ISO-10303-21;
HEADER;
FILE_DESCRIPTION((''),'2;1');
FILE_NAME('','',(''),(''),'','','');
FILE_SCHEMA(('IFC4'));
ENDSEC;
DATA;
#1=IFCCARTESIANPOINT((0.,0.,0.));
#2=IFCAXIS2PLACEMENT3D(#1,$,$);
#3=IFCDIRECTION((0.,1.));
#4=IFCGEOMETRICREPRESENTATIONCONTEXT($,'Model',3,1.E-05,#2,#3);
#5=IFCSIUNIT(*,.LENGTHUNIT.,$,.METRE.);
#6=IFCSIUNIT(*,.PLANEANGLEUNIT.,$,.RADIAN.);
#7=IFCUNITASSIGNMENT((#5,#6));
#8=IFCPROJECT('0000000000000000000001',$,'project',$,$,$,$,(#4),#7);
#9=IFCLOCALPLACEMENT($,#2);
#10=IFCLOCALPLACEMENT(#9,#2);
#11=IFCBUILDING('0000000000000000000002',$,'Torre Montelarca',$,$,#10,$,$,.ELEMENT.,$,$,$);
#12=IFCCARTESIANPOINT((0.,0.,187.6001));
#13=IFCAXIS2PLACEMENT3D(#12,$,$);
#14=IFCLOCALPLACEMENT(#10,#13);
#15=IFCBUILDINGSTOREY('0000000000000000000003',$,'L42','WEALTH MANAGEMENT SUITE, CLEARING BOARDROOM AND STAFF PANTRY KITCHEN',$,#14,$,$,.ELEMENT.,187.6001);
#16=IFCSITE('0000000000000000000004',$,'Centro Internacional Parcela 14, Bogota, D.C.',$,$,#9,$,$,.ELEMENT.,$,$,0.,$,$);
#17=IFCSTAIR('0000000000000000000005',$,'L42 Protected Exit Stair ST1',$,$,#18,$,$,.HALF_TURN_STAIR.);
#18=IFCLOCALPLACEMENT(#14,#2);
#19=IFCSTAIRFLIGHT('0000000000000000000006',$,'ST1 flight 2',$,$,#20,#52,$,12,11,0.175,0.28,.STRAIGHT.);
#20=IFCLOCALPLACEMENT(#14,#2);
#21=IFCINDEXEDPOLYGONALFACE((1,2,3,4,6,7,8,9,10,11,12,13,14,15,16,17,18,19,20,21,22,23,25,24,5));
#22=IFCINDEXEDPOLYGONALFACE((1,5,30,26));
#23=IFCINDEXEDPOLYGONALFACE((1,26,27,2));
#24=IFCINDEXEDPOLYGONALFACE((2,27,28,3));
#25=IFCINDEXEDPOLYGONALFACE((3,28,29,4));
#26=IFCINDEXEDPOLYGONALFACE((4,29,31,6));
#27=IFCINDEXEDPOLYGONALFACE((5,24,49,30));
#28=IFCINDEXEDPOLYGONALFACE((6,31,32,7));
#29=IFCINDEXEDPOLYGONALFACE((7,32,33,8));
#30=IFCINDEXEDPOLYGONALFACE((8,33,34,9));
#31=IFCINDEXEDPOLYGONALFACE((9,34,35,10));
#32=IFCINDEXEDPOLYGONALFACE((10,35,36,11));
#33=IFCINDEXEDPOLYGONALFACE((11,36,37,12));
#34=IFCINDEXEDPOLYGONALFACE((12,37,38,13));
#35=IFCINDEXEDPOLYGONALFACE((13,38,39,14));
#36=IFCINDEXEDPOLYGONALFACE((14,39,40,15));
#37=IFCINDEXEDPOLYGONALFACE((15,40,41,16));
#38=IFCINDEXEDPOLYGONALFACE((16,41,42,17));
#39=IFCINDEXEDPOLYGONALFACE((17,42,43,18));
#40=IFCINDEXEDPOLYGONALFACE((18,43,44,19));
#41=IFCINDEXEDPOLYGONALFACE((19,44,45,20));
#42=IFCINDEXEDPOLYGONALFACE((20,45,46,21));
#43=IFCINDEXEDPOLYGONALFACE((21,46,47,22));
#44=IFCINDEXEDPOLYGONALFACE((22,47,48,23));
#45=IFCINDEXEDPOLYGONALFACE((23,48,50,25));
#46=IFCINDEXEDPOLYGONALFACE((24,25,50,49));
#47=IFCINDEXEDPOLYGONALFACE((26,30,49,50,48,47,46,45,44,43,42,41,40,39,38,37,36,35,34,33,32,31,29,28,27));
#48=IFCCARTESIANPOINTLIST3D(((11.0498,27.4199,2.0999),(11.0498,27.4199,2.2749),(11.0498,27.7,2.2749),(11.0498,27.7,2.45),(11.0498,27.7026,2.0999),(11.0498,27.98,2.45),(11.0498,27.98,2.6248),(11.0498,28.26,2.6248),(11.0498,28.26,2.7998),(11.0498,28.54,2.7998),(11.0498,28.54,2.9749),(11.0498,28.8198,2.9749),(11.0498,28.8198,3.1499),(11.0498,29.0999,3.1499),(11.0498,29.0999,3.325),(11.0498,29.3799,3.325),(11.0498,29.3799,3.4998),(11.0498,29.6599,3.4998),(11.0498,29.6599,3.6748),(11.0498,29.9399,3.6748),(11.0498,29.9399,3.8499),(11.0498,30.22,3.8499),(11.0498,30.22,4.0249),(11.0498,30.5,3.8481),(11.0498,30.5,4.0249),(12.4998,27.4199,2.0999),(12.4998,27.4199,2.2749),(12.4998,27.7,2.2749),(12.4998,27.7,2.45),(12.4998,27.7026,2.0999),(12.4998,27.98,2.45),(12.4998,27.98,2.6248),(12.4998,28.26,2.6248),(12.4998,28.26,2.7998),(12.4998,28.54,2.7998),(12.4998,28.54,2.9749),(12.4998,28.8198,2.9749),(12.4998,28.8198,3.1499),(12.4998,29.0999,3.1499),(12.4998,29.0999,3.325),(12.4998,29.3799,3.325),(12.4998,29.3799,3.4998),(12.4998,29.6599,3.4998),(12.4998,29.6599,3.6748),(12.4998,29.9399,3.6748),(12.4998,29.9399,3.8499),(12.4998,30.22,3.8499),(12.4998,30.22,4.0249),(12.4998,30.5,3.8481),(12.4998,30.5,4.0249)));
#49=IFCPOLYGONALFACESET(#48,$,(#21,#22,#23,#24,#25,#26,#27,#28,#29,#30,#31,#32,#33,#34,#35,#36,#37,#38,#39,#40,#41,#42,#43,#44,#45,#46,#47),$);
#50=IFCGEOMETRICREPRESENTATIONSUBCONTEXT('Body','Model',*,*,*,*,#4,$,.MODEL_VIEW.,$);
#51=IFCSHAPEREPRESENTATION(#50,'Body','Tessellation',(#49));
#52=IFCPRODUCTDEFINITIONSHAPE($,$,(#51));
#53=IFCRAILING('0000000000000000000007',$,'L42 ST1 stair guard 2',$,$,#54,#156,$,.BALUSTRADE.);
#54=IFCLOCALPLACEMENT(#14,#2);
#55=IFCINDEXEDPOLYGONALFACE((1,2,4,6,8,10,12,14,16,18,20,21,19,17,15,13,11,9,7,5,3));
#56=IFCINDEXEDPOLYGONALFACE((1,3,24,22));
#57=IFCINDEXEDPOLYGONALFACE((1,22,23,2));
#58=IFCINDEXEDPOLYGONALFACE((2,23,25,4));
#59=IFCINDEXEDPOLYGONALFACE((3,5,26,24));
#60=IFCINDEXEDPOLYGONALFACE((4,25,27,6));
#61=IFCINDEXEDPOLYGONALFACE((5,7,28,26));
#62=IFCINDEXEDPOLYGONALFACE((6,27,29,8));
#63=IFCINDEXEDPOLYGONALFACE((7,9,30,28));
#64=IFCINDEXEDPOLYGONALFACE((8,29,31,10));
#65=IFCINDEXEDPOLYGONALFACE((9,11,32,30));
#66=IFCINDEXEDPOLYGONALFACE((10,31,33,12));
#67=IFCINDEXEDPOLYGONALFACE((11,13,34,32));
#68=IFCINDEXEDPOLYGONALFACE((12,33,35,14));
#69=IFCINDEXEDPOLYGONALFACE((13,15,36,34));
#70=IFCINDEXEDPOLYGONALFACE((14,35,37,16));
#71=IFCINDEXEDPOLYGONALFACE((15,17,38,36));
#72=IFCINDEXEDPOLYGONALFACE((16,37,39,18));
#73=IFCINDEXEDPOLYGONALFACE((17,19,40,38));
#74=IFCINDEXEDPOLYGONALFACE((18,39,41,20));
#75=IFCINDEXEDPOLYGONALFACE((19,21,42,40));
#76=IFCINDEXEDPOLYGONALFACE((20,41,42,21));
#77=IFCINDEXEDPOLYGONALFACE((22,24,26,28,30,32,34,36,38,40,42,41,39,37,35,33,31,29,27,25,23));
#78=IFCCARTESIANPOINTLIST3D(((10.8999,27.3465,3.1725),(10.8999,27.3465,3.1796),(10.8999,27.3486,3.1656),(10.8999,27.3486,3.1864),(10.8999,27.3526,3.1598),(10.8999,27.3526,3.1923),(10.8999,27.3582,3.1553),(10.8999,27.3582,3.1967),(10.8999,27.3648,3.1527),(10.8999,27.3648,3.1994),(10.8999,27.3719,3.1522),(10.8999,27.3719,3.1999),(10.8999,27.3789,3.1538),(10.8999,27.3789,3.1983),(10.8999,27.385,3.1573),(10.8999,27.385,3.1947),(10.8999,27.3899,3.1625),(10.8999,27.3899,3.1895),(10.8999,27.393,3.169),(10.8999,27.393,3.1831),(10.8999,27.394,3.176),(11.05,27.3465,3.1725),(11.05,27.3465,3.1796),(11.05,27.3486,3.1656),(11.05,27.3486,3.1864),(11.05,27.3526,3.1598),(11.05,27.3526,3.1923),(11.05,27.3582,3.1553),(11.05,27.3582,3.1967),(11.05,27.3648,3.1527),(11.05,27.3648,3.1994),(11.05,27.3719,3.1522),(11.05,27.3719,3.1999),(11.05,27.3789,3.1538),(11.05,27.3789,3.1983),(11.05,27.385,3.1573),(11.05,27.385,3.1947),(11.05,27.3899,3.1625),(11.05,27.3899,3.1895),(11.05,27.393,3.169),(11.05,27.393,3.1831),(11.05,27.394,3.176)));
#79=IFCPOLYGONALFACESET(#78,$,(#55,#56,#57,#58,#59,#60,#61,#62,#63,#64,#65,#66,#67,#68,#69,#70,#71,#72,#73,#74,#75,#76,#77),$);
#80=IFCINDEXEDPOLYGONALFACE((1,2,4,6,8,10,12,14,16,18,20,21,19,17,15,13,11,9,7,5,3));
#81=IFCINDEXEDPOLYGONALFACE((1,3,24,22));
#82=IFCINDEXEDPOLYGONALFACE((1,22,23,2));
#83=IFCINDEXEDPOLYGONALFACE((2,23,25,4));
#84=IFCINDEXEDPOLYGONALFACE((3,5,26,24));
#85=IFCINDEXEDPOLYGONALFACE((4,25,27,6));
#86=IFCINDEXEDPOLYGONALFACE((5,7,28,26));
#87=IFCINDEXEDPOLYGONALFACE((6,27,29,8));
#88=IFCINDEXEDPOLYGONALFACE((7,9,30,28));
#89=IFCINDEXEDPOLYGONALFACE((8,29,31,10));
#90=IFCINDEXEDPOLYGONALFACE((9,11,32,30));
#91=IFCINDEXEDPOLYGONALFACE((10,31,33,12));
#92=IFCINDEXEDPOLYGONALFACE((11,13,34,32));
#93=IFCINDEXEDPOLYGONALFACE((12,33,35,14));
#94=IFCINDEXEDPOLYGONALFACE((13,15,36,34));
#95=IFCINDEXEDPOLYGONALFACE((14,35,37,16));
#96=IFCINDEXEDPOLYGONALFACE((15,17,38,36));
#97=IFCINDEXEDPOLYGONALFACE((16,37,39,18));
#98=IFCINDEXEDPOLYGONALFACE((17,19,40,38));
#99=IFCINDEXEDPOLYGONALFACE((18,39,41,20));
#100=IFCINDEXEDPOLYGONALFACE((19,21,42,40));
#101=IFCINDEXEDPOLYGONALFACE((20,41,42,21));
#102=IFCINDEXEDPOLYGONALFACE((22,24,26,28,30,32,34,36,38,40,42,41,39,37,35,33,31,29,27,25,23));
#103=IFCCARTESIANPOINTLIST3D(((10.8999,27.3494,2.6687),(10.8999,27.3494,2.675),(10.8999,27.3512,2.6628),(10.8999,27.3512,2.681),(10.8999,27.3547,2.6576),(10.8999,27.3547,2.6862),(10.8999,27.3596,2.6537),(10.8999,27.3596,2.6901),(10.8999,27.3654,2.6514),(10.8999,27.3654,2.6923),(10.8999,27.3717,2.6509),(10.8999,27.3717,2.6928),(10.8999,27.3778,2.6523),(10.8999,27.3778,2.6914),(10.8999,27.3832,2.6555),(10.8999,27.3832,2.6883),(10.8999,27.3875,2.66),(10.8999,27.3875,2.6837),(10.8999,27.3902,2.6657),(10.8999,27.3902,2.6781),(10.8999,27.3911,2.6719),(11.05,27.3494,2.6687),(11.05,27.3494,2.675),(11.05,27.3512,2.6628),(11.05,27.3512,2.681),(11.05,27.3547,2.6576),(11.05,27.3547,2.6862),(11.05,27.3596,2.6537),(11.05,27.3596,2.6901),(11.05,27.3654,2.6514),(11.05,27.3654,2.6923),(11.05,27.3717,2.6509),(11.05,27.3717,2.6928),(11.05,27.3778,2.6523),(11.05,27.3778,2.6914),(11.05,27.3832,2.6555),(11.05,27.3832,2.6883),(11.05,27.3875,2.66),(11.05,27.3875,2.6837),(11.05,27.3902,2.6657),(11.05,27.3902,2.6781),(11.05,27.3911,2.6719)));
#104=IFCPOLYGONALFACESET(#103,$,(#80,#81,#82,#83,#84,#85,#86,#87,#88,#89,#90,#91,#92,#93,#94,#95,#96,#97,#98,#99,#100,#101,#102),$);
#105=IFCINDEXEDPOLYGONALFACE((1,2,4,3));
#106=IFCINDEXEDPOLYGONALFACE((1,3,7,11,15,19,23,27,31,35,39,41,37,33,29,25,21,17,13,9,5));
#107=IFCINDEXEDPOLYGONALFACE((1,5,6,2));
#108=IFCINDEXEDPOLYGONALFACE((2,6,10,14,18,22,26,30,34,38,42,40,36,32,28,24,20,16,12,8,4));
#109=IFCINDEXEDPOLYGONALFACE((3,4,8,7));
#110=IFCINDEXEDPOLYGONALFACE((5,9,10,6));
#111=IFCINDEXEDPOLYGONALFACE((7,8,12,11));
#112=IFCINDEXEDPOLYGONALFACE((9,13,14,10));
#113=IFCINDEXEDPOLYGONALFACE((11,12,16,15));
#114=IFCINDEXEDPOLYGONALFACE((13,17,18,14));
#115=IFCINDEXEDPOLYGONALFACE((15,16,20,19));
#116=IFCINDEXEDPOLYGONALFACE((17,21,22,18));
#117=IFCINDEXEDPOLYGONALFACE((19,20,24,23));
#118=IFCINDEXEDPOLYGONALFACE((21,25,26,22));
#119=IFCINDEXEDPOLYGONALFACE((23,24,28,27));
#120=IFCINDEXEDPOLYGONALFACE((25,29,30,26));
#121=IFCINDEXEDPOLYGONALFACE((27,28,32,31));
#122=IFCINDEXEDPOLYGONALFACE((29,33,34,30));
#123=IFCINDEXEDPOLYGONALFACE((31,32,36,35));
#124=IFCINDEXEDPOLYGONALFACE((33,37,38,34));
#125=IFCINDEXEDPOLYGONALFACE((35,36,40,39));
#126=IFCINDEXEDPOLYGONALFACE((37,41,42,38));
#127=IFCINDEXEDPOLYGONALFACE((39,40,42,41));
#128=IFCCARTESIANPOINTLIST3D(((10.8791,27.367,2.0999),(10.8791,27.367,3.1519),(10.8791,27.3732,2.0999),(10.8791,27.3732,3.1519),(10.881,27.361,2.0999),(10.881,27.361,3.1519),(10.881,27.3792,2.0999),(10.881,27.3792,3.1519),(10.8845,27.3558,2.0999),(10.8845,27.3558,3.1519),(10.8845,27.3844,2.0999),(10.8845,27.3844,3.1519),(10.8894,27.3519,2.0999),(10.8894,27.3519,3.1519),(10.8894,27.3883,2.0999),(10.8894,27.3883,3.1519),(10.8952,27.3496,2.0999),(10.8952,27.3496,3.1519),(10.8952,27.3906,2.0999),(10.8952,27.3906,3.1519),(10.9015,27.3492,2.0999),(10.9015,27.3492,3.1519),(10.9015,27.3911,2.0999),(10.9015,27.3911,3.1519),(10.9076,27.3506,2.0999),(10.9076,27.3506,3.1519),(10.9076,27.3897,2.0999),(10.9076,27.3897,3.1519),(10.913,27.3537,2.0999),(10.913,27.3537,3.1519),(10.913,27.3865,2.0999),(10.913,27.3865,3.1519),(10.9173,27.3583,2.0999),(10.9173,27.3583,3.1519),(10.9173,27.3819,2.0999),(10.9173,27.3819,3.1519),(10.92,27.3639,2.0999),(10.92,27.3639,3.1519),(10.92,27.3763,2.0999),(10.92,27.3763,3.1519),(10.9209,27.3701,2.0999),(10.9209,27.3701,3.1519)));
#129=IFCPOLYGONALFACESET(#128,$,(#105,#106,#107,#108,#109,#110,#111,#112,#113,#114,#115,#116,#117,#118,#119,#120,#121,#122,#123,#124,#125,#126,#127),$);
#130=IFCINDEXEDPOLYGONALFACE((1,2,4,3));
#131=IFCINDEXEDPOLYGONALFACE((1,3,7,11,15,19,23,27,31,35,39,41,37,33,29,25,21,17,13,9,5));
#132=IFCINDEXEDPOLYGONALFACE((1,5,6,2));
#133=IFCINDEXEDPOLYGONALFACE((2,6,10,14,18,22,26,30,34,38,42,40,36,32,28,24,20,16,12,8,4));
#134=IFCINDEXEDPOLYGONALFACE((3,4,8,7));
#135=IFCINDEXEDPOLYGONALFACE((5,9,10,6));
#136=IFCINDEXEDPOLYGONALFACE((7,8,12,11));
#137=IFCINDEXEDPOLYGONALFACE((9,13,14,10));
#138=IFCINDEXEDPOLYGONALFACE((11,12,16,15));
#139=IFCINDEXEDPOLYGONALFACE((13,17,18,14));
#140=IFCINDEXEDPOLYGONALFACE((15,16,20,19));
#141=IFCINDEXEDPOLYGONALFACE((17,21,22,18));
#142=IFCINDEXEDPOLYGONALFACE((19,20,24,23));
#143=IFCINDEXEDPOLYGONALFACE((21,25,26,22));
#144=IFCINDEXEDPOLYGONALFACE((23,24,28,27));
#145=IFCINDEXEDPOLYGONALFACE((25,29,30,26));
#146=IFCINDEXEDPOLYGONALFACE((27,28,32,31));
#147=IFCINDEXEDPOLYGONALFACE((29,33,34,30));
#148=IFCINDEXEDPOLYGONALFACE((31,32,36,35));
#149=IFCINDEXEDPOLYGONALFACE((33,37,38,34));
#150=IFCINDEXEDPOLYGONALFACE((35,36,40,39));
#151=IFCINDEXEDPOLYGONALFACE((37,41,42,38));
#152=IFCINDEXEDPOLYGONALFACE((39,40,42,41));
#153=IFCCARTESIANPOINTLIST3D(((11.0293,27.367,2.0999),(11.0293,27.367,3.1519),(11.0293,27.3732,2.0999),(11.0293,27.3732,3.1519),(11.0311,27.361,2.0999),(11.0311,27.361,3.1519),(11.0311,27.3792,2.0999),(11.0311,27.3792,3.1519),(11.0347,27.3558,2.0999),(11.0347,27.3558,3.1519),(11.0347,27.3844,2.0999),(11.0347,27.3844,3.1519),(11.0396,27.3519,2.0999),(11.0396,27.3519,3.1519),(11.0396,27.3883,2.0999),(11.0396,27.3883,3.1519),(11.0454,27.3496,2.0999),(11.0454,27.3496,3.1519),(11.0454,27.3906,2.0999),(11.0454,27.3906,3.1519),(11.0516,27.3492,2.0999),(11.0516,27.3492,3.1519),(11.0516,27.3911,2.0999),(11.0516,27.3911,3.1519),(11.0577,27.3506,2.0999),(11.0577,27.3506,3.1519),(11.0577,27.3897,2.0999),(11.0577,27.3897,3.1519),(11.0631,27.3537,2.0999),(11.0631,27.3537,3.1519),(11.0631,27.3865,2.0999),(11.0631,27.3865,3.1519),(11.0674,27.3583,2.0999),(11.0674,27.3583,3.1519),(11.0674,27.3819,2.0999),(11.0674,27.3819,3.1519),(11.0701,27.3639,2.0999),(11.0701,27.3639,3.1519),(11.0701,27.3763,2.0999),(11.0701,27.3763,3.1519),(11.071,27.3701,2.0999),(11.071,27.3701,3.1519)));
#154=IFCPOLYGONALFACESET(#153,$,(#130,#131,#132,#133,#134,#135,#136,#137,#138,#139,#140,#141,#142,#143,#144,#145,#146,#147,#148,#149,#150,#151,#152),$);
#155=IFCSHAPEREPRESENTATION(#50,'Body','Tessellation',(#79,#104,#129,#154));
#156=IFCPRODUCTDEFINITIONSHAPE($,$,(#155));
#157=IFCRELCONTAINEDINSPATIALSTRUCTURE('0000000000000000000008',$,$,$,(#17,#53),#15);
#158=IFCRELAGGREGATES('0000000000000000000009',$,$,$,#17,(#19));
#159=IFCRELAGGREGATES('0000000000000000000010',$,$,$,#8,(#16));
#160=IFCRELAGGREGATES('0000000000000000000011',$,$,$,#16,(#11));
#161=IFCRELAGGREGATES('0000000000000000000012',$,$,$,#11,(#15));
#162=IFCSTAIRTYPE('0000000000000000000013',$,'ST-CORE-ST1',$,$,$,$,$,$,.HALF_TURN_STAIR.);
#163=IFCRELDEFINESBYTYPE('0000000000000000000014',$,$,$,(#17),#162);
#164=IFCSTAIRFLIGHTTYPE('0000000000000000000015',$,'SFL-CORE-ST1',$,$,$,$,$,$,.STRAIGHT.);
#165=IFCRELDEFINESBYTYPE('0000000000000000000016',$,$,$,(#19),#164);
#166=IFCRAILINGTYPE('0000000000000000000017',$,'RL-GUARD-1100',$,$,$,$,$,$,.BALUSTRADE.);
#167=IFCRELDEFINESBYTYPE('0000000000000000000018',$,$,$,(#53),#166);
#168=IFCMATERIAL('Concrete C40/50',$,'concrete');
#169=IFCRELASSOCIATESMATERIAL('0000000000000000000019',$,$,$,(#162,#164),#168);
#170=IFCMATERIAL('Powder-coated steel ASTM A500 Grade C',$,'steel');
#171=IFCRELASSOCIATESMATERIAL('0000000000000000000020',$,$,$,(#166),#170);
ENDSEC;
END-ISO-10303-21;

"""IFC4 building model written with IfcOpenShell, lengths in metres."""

from ifc_helpers import new_model, si_unit, direction, frame, origin, origin_2d, place, context, subcontext, project, spatial, polyline, circle, outline, extrude, material, type_object, element, aggregate, save


model = new_model("IFC4")

# Units and contexts
model_context = context("Model", 3, precision=1e-05, world=origin(), true_north=direction((0.0, 1.0)))
body_context = subcontext(model_context, "Body", "Model", "MODEL_VIEW")
ifc_project = project(units=[si_unit("LENGTHUNIT", "METRE"), si_unit("PLANEANGLEUNIT", "RADIAN")], contexts=[model_context])

# Site, building, storey
site_placement = place(None, origin())
site = spatial("IfcSite", under=ifc_project, at=site_placement, Name="Centro Internacional Parcela 14, Bogota, D.C.", CompositionType="ELEMENT", RefElevation=0.0)
building_placement = place(site_placement, origin())
building = spatial("IfcBuilding", under=site, at=building_placement, Name="Torre Montelarca", CompositionType="ELEMENT")
storey_placement = place(building_placement, frame((0.0, 0.0, 187.6001)))
storey = spatial("IfcBuildingStorey", under=building, at=storey_placement, Name="L42", Description="WEALTH MANAGEMENT SUITE, CLEARING BOARDROOM AND STAFF PANTRY KITCHEN", CompositionType="ELEMENT", Elevation=187.6001)

# Shared definitions
ifc_material_1 = material(Name="Concrete C40/50", Category="concrete")

# Stair, stair flight
stair_type = type_object("IfcStairType", Name="ST-CORE-ST1", PredefinedType="HALF_TURN_STAIR", material=ifc_material_1)
stair_placement = place(storey_placement, origin())
stair = element("IfcStair", 1, at=stair_placement, inside=storey, type_object=stair_type, Name="L42 Protected Exit Stair ST1", PredefinedType="HALF_TURN_STAIR")
stair_flight_type = type_object("IfcStairFlightType", Name="SFL-CORE-ST1", PredefinedType="STRAIGHT", material=ifc_material_1)
stair_flight_placement = place(storey_placement, frame((11.7749, 27.4199, 2.0999), z_axis=(0.0, 0.0, 1.0), x_axis=(0.0, 1.0, 0.0)))
stair_flight = element("IfcStairFlight", 2, at=stair_flight_placement, type_object=stair_flight_type, Name="ST1 flight 2", NumberOfRisers=12, NumberOfTreads=11, PredefinedType="STRAIGHT", RiserHeight=0.175, TreadLength=0.28, context=body_context, shape_type="SweptSolid", body=[
    extrude(outline(polyline([(0.0, 0.0), (0.0, 0.175), (0.28, 0.175), (0.28, 0.3501), (0.5601, 0.3501), (0.5601, 0.5249), (0.8401, 0.5249), (0.8401, 0.7), (1.1201, 0.7), (1.1201, 0.875), (1.3999, 0.875), (1.3999, 1.05), (1.6799, 1.05), (1.6799, 1.2251), (1.96, 1.2251), (1.96, 1.3999), (2.24, 1.3999), (2.24, 1.575), (2.52, 1.575), (2.52, 1.75), (2.8, 1.75), (2.8, 1.925), (3.0801, 1.925), (3.0801, 2.1001), (3.0801, 1.7483), (0.2827, 0.0), (0.0, 0.0)])), frame((0.0, 0.7251, 0.0), z_axis=(0.0, -1.0, 0.0), x_axis=(1.0, 0.0, 0.0)), (0.0, 0.0, 1.0), 1.45),
])
aggregate(stair, [stair_flight])

# Railing
ifc_material_2 = material(Name="Powder-coated steel ASTM A500 Grade C", Category="steel")
railing_type_1 = type_object("IfcRailingType", Name="RL-GUARD-1100", PredefinedType="BALUSTRADE", material=ifc_material_2)
railing_1_placement = place(storey_placement, frame((10.8999, 27.3701, 2.0999)))
element("IfcRailing", 3, at=railing_1_placement, inside=storey, type_object=railing_type_1, Name="L42 ST1 stair guard 2", PredefinedType="BALUSTRADE", context=body_context, shape_type="SweptSolid", body=[
    extrude(circle(Radius=0.0239, at=origin_2d()), frame((0.0, 0.0, 1.0762), z_axis=(1.0, 0.0, 0.0), x_axis=(0.0, 1.0, 0.0)), (0.0, 0.0, 1.0), 0.1501),
    extrude(circle(Radius=0.021, at=origin_2d()), frame((0.0, 0.0, 0.572), z_axis=(1.0, 0.0, 0.0), x_axis=(0.0, 1.0, 0.0)), (0.0, 0.0, 1.0), 0.1501),
    extrude(circle(Radius=0.021, at=origin_2d()), origin(), (0.0, 0.0, 1.0), 1.052),
    extrude(circle(Radius=0.021, at=origin_2d()), frame((0.1501, 0.0, 0.0)), (0.0, 0.0, 1.0), 1.052),
])

save(model, "model.ifc")
